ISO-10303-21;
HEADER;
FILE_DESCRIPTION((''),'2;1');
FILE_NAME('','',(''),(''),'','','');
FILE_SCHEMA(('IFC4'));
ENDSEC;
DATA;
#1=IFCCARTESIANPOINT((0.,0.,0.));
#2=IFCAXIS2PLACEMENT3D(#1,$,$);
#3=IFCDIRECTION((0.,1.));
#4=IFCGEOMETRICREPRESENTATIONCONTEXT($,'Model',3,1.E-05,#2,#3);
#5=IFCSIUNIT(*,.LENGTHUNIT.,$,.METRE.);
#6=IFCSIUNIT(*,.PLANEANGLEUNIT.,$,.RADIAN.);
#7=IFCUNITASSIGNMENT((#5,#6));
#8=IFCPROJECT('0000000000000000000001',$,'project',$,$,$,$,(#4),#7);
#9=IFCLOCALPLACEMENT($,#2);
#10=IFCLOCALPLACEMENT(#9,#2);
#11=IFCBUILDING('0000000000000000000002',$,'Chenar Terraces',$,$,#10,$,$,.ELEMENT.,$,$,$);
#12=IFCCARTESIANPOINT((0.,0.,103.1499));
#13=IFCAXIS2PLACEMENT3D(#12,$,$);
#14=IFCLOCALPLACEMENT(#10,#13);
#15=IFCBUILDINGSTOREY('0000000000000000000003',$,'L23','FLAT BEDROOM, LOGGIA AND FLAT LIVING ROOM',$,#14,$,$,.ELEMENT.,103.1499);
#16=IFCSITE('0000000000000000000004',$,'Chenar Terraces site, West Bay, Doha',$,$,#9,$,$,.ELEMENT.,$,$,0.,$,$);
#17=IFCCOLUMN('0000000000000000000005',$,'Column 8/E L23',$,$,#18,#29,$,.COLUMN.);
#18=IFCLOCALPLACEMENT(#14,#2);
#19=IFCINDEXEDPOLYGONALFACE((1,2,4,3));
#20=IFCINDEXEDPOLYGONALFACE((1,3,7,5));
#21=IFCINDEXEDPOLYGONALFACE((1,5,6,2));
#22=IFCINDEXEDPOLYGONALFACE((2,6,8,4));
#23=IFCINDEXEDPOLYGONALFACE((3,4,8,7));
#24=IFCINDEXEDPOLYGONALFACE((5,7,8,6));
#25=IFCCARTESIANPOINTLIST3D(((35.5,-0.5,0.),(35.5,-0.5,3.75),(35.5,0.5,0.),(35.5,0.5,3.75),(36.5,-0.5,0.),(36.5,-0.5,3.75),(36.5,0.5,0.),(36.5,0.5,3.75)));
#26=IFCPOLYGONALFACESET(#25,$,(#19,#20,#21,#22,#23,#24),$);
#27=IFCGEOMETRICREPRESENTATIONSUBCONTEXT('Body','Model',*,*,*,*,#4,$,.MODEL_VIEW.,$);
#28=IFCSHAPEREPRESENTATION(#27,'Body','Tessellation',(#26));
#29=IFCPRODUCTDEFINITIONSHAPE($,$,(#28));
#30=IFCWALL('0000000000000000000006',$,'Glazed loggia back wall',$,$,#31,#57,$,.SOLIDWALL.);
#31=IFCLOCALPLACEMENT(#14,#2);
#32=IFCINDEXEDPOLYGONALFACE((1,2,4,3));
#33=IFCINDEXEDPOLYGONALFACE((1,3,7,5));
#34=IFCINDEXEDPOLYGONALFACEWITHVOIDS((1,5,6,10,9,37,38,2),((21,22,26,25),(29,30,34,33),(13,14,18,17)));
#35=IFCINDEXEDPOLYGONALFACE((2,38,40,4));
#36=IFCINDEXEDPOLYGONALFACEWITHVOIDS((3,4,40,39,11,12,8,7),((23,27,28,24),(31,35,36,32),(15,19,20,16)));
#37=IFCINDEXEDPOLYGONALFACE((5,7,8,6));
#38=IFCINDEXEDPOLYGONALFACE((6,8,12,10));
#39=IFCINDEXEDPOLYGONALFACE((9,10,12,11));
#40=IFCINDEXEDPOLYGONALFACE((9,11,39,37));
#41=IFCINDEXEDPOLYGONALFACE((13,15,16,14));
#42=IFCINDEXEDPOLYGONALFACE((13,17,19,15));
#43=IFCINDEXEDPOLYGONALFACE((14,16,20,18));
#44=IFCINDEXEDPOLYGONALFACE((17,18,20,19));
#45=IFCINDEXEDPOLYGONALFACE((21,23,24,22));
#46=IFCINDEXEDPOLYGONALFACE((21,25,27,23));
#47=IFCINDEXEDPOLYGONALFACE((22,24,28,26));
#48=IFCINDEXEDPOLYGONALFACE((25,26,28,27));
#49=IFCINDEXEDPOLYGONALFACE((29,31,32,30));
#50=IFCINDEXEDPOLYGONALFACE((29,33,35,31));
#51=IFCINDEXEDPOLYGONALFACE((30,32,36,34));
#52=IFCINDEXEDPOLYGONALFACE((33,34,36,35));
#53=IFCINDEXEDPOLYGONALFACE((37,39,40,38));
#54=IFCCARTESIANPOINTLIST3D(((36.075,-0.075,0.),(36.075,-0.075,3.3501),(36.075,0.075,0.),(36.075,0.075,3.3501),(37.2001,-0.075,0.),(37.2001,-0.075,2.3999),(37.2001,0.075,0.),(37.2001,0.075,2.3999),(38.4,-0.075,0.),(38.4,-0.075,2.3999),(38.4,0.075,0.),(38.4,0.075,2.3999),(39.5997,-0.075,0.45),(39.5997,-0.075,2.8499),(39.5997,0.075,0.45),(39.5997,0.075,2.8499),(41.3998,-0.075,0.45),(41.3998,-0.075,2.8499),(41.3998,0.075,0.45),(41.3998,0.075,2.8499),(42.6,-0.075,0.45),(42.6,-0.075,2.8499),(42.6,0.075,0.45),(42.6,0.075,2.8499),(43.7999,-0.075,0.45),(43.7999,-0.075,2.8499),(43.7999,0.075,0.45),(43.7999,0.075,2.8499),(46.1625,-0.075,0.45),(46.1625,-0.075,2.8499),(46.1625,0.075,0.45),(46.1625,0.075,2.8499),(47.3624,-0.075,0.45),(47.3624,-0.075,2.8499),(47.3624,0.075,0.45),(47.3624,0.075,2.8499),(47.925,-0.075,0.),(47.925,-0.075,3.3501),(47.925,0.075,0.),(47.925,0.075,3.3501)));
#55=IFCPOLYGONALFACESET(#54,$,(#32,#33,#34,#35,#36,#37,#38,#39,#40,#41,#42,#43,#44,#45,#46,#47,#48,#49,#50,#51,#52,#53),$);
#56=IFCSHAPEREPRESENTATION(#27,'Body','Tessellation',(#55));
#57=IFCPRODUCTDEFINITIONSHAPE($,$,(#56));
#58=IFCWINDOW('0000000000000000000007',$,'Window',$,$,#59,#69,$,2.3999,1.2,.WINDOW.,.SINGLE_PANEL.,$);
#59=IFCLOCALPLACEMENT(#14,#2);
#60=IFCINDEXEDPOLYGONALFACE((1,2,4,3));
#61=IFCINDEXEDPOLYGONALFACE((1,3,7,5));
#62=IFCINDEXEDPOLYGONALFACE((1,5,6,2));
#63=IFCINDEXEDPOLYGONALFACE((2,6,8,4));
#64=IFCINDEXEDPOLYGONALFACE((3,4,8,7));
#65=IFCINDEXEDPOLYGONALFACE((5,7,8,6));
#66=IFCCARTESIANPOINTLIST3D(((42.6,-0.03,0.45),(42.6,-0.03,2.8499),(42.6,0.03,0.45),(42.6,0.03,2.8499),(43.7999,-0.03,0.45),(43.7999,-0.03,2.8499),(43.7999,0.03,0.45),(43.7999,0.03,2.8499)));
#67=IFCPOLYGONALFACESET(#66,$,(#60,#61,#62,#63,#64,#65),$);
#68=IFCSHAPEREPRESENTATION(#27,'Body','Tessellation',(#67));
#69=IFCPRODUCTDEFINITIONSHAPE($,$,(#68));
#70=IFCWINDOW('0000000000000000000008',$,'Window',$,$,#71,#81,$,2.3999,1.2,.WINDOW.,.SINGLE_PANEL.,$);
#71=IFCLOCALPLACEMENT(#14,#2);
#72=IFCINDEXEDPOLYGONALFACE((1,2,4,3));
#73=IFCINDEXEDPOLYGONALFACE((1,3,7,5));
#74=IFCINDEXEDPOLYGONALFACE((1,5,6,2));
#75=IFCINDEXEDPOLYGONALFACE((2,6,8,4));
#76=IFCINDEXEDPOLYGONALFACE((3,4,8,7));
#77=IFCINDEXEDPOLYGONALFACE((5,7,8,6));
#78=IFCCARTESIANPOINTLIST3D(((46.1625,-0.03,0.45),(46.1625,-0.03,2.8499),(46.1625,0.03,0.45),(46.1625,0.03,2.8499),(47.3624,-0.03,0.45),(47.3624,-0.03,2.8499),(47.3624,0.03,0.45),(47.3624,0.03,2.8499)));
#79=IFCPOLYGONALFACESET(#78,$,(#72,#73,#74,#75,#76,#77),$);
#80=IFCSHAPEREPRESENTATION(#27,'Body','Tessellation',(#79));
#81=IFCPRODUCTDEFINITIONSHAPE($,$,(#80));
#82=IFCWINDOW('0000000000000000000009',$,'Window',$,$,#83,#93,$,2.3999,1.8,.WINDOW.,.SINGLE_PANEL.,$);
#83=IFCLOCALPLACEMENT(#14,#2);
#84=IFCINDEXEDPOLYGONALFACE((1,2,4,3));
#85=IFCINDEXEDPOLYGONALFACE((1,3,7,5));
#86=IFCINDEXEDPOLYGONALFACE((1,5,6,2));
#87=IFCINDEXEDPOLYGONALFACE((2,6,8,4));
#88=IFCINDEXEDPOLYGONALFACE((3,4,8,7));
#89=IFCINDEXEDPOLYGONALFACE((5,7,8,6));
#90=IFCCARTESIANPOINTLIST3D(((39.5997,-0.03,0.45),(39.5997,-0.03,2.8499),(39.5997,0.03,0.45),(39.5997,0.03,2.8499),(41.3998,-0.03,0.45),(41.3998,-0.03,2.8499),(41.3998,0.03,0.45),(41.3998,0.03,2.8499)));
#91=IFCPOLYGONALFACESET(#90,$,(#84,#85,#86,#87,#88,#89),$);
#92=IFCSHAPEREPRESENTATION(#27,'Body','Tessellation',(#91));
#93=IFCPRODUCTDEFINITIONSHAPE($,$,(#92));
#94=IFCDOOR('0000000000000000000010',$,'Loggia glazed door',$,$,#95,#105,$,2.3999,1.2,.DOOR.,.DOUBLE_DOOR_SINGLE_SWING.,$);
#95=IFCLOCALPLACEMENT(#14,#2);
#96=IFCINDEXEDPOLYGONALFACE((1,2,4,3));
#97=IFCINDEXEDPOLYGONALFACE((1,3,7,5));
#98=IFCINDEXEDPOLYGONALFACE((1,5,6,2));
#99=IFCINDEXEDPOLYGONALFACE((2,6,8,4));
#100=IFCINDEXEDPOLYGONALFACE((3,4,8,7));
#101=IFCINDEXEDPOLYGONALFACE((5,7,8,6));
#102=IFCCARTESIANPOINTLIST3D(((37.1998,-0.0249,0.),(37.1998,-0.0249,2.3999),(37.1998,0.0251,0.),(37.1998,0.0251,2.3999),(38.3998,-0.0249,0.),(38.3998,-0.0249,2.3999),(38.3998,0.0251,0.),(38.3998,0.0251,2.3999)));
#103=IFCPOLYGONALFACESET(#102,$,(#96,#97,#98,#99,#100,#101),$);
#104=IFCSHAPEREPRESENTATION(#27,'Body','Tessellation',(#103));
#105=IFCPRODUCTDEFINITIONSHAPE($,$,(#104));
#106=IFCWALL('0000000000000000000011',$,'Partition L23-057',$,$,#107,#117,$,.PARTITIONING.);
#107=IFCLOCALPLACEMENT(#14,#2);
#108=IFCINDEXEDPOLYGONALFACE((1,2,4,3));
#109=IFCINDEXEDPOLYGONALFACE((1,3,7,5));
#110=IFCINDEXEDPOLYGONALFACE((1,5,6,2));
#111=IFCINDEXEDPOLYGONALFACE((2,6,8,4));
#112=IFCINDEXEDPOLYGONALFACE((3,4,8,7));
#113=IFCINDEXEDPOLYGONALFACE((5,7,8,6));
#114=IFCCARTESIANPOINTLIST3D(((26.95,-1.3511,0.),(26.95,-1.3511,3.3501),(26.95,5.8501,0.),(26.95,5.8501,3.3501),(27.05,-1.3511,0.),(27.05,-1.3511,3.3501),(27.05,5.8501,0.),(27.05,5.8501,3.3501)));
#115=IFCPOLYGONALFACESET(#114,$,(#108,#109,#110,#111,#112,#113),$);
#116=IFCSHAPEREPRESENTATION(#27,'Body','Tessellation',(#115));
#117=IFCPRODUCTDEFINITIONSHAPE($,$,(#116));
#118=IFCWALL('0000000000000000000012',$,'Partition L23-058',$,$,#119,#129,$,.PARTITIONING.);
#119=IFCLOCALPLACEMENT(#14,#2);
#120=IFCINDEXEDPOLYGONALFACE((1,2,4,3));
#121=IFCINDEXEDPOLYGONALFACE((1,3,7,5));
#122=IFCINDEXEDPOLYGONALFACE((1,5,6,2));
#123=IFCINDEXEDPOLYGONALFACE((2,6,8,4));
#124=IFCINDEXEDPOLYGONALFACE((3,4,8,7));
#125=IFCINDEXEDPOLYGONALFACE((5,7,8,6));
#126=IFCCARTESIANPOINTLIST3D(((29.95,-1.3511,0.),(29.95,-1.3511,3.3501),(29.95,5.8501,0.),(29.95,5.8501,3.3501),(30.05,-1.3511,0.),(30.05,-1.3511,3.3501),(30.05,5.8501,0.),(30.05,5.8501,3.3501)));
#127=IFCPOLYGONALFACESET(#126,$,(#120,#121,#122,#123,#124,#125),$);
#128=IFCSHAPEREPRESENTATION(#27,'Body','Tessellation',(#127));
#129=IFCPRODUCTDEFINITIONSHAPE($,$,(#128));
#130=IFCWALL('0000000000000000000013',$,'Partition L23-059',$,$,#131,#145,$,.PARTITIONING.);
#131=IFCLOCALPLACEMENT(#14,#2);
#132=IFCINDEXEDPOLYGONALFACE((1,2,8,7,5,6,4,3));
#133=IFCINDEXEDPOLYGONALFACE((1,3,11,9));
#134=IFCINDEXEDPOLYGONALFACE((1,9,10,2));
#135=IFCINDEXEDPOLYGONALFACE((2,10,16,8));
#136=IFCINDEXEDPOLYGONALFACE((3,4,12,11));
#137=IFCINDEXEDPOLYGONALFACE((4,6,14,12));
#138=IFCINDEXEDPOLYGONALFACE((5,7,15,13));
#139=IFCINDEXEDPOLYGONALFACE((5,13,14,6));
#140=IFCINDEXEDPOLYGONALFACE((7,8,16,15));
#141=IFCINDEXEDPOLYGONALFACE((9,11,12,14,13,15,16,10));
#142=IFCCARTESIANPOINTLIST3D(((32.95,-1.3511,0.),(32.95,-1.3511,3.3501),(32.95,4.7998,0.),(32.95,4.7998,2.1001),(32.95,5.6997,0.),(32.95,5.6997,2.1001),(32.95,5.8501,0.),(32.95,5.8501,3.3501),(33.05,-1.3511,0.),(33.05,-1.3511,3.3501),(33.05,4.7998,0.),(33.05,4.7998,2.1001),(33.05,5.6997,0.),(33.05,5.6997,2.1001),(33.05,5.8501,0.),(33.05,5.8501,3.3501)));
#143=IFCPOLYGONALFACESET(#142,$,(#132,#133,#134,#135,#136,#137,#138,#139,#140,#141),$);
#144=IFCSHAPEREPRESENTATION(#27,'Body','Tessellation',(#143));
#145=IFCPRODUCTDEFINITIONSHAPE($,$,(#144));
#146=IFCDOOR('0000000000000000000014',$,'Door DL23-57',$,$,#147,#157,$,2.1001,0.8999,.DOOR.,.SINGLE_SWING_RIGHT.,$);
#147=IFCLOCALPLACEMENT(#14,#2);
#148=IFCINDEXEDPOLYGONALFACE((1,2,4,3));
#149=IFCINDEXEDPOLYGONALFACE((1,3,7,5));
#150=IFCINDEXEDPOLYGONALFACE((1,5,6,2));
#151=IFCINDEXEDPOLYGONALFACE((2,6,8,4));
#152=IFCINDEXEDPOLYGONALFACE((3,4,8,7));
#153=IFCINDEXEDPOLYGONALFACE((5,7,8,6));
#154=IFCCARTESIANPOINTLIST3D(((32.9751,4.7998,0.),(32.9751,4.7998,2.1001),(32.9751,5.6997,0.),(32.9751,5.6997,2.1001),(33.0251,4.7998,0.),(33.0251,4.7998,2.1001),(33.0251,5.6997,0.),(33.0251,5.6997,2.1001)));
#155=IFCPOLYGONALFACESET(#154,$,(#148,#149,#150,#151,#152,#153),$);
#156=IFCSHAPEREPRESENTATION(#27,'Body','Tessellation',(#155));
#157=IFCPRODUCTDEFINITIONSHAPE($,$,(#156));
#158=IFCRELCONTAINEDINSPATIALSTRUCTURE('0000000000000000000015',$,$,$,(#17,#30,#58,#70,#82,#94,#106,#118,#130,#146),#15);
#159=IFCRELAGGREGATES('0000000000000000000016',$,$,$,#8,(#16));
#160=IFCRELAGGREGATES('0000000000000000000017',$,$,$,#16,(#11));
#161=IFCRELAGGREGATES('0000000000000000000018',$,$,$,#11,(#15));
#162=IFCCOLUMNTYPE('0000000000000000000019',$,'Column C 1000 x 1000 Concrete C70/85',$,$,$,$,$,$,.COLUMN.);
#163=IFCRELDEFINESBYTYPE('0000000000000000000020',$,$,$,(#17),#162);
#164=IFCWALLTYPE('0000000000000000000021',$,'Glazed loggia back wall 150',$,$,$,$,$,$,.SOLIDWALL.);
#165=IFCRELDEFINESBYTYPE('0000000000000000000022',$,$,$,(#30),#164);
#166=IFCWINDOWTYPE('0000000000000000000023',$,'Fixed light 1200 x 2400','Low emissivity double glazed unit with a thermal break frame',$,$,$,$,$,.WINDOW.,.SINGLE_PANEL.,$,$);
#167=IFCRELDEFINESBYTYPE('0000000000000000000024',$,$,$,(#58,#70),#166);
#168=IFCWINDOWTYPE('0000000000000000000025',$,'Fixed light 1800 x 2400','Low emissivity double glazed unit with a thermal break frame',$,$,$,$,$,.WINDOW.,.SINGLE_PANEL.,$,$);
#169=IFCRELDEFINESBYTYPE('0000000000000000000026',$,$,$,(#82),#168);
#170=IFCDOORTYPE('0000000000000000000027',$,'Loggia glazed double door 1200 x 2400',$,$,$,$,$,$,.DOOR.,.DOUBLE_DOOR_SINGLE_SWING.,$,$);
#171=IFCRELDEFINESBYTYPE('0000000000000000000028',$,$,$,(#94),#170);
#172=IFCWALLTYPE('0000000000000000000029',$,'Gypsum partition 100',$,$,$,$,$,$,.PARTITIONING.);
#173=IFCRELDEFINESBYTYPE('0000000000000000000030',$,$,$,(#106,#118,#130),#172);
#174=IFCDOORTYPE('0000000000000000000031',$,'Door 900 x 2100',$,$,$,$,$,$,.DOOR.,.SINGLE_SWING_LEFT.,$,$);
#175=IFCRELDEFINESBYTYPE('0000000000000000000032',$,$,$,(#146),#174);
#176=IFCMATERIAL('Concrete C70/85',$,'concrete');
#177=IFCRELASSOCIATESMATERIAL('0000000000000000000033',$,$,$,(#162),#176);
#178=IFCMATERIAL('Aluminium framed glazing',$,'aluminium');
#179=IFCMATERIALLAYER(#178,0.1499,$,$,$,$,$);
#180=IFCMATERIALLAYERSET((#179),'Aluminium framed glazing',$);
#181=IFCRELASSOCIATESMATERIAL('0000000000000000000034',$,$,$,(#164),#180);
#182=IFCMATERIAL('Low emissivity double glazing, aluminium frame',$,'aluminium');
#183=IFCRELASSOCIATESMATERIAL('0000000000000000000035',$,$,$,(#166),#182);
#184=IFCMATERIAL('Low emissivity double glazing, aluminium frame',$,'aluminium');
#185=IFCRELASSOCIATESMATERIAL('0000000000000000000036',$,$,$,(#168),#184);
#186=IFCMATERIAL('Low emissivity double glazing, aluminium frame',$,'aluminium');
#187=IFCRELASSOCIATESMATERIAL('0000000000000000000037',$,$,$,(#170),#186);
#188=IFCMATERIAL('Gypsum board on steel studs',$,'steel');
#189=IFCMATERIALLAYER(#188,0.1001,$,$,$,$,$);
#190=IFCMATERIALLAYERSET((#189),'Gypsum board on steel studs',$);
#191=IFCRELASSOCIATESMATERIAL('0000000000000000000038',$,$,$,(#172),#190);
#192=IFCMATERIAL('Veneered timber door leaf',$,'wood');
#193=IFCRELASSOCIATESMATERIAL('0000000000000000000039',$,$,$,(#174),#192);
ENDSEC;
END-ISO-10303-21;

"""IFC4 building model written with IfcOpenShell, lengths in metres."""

from ifc_helpers import new_model, si_unit, direction, frame, frame_2d, origin, origin_2d, place, context, subcontext, project, spatial, rectangle, extrude, material, layer, layer_set, material_profile, profile_set, type_object, element, fill, save


model = new_model("IFC4")

# Units and contexts
model_context = context("Model", 3, precision=1e-05, world=origin(), true_north=direction((0.0, 1.0)))
body_context = subcontext(model_context, "Body", "Model", "MODEL_VIEW")
ifc_project = project(units=[si_unit("LENGTHUNIT", "METRE"), si_unit("PLANEANGLEUNIT", "RADIAN")], contexts=[model_context])

# Site, building, storey
site_placement = place(None, origin())
site = spatial("IfcSite", under=ifc_project, at=site_placement, Name="Chenar Terraces site, West Bay, Doha", CompositionType="ELEMENT", RefElevation=0.0)
building_placement = place(site_placement, origin())
building = spatial("IfcBuilding", under=site, at=building_placement, Name="Chenar Terraces", CompositionType="ELEMENT")
storey_placement = place(building_placement, frame((0.0, 0.0, 103.1499)))
storey = spatial("IfcBuildingStorey", under=building, at=storey_placement, Name="L23", Description="FLAT BEDROOM, LOGGIA AND FLAT LIVING ROOM", CompositionType="ELEMENT", Elevation=103.1499)

# Column
ifc_material_1 = material(Name="Concrete C70/85", Category="concrete")
ifc_material_profile = material_profile(ifc_material_1, rectangle(XDim=1.0, YDim=1.0, at=origin_2d()), Name="C 1000 x 1000")
ifc_profile_set = profile_set([ifc_material_profile], Name="Concrete C70/85")
column_type = type_object("IfcColumnType", Name="Column C 1000 x 1000 Concrete C70/85", PredefinedType="COLUMN", material=ifc_profile_set)
column_placement = place(storey_placement, frame((36.0, 0.0, 0.0), z_axis=(0.0, 0.0, 1.0), x_axis=(1.0, 0.0, 0.0)))
element("IfcColumn", 1, at=column_placement, inside=storey, type_object=column_type, Name="Column 8/E L23", PredefinedType="COLUMN", context=body_context, shape_type="SweptSolid", body=[
    extrude(rectangle(XDim=1.0, YDim=1.0, at=origin_2d()), origin(), (0.0, 0.0, 1.0), 3.75),
])

# Wall, openings, windows, door
ifc_material_2 = material(Name="Aluminium framed glazing", Category="aluminium")
ifc_layer_1 = layer(ifc_material_2, 0.1499)
ifc_layer_set_1 = layer_set([ifc_layer_1], Name="Aluminium framed glazing")
wall_type_1 = type_object("IfcWallType", Name="Glazed loggia back wall 150", PredefinedType="SOLIDWALL", material=ifc_layer_set_1)
wall_1_placement = place(storey_placement, frame((36.075, 0.0, 0.0), z_axis=(0.0, 0.0, 1.0), x_axis=(1.0, 0.0, 0.0)))
wall_1 = element("IfcWall", 2, at=wall_1_placement, inside=storey, type_object=wall_type_1, Name="Glazed loggia back wall", PredefinedType="SOLIDWALL", context=body_context, shape_type="SweptSolid", body=[
    extrude(rectangle(XDim=11.8501, YDim=0.1499, at=frame_2d((5.925, 0.0))), origin(), (0.0, 0.0, 1.0), 3.3501),
])
opening_1_placement = place(wall_1_placement, frame((1.125, 0.0, 0.0)))
opening_1 = element("IfcOpeningElement", 3, at=opening_1_placement, cuts=wall_1, PredefinedType="OPENING", context=body_context, shape_type="SweptSolid", body=[
    extrude(rectangle(XDim=1.2, YDim=2.3999, at=frame_2d((0.6001, 1.2))), frame((0.0, 0.085, 0.0), z_axis=(0.0, -1.0, 0.0), x_axis=(1.0, 0.0, 0.0)), (0.0, 0.0, 1.0), 0.1699),
])
opening_2_placement = place(wall_1_placement, frame((3.5249, 0.0, 0.45)))
opening_2 = element("IfcOpeningElement", 4, at=opening_2_placement, cuts=wall_1, PredefinedType="OPENING", context=body_context, shape_type="SweptSolid", body=[
    extrude(rectangle(XDim=1.8, YDim=2.3999, at=frame_2d((0.8999, 1.2))), frame((0.0, 0.085, 0.0), z_axis=(0.0, -1.0, 0.0), x_axis=(1.0, 0.0, 0.0)), (0.0, 0.0, 1.0), 0.1699),
])
opening_3_placement = place(wall_1_placement, frame((6.5249, 0.0, 0.45)))
opening_3 = element("IfcOpeningElement", 5, at=opening_3_placement, cuts=wall_1, PredefinedType="OPENING", context=body_context, shape_type="SweptSolid", body=[
    extrude(rectangle(XDim=1.2, YDim=2.3999, at=frame_2d((0.6001, 1.2))), frame((0.0, 0.085, 0.0), z_axis=(0.0, -1.0, 0.0), x_axis=(1.0, 0.0, 0.0)), (0.0, 0.0, 1.0), 0.1699),
])
opening_4_placement = place(wall_1_placement, frame((10.0874, 0.0, 0.45)))
opening_4 = element("IfcOpeningElement", 6, at=opening_4_placement, cuts=wall_1, PredefinedType="OPENING", context=body_context, shape_type="SweptSolid", body=[
    extrude(rectangle(XDim=1.2, YDim=2.3999, at=frame_2d((0.6001, 1.2))), frame((0.0, 0.085, 0.0), z_axis=(0.0, -1.0, 0.0), x_axis=(1.0, 0.0, 0.0)), (0.0, 0.0, 1.0), 0.1699),
])
ifc_material_3 = material(Name="Low emissivity double glazing, aluminium frame", Category="aluminium")
window_type_1 = type_object("IfcWindowType", Name="Fixed light 1200 x 2400", Description="Low emissivity double glazed unit with a thermal break frame", PartitioningType="SINGLE_PANEL", PredefinedType="WINDOW", material=ifc_material_3)
window_1_placement = place(opening_3_placement, origin())
window_1 = element("IfcWindow", 7, at=window_1_placement, inside=storey, type_object=window_type_1, Name="Window", OverallHeight=2.3999, OverallWidth=1.2, PartitioningType="SINGLE_PANEL", PredefinedType="WINDOW", context=body_context, shape_type="SweptSolid", body=[
    extrude(rectangle(XDim=1.2, YDim=2.3999, at=frame_2d((0.6001, 1.2))), frame((0.0, 0.03, 0.0), z_axis=(0.0, -1.0, 0.0), x_axis=(1.0, 0.0, 0.0)), (0.0, 0.0, 1.0), 0.0601),
])
fill(opening_3, window_1)
window_2_placement = place(opening_4_placement, origin())
window_2 = element("IfcWindow", 8, at=window_2_placement, inside=storey, type_object=window_type_1, Name="Window", OverallHeight=2.3999, OverallWidth=1.2, PartitioningType="SINGLE_PANEL", PredefinedType="WINDOW", context=body_context, shape_type="SweptSolid", body=[
    extrude(rectangle(XDim=1.2, YDim=2.3999, at=frame_2d((0.6001, 1.2))), frame((0.0, 0.03, 0.0), z_axis=(0.0, -1.0, 0.0), x_axis=(1.0, 0.0, 0.0)), (0.0, 0.0, 1.0), 0.0601),
])
fill(opening_4, window_2)
ifc_material_4 = material(Name="Low emissivity double glazing, aluminium frame", Category="aluminium")
window_type_2 = type_object("IfcWindowType", Name="Fixed light 1800 x 2400", Description="Low emissivity double glazed unit with a thermal break frame", PartitioningType="SINGLE_PANEL", PredefinedType="WINDOW", material=ifc_material_4)
window_3_placement = place(opening_2_placement, origin())
window_3 = element("IfcWindow", 9, at=window_3_placement, inside=storey, type_object=window_type_2, Name="Window", OverallHeight=2.3999, OverallWidth=1.8, PartitioningType="SINGLE_PANEL", PredefinedType="WINDOW", context=body_context, shape_type="SweptSolid", body=[
    extrude(rectangle(XDim=1.8, YDim=2.3999, at=frame_2d((0.8999, 1.2))), frame((0.0, 0.03, 0.0), z_axis=(0.0, -1.0, 0.0), x_axis=(1.0, 0.0, 0.0)), (0.0, 0.0, 1.0), 0.0601),
])
fill(opening_2, window_3)
ifc_material_5 = material(Name="Low emissivity double glazing, aluminium frame", Category="aluminium")
door_type_1 = type_object("IfcDoorType", Name="Loggia glazed double door 1200 x 2400", OperationType="DOUBLE_DOOR_SINGLE_SWING", PredefinedType="DOOR", material=ifc_material_5)
door_1_placement = place(opening_1_placement, frame((1.2, 0.0, 0.0), z_axis=(0.0, 0.0, 1.0), x_axis=(-1.0, 0.0, 0.0)))
door_1 = element("IfcDoor", 10, at=door_1_placement, inside=storey, type_object=door_type_1, Name="Loggia glazed door", OperationType="DOUBLE_DOOR_SINGLE_SWING", OverallHeight=2.3999, OverallWidth=1.2, PredefinedType="DOOR", context=body_context, shape_type="SweptSolid", body=[
    extrude(rectangle(XDim=1.2, YDim=2.3999, at=frame_2d((0.6001, 1.2))), frame((0.0, 0.0249, 0.0), z_axis=(0.0, -1.0, 0.0), x_axis=(1.0, 0.0, 0.0)), (0.0, 0.0, 1.0), 0.05),
])
fill(opening_1, door_1)

# Walls
ifc_material_6 = material(Name="Gypsum board on steel studs", Category="steel")
ifc_layer_2 = layer(ifc_material_6, 0.1001)
ifc_layer_set_2 = layer_set([ifc_layer_2], Name="Gypsum board on steel studs")
wall_type_2 = type_object("IfcWallType", Name="Gypsum partition 100", PredefinedType="PARTITIONING", material=ifc_layer_set_2)
for number, where, z_axis, x_axis, name in (
    (11, (27.0, -1.3511, 0.0), (0.0, 0.0, 1.0), (0.0, 1.0, 0.0), "Partition L23-057"),
    (12, (30.0, -1.3511, 0.0), (0.0, 0.0, 1.0), (0.0, 1.0, 0.0), "Partition L23-058"),
):
    element("IfcWall", number, at=place(storey_placement, frame(where, z_axis=z_axis, x_axis=x_axis)), inside=storey, type_object=wall_type_2, Name=name, PredefinedType="PARTITIONING", context=body_context, shape_type="SweptSolid", body=[
        extrude(rectangle(XDim=7.2012, YDim=0.1001, at=frame_2d((3.6006, 0.0))), origin(), (0.0, 0.0, 1.0), 3.3501),
    ])

# Wall, opening, door
wall_2_placement = place(storey_placement, frame((33.0, -1.3511, 0.0), z_axis=(0.0, 0.0, 1.0), x_axis=(0.0, 1.0, 0.0)))
wall_2 = element("IfcWall", 13, at=wall_2_placement, inside=storey, type_object=wall_type_2, Name="Partition L23-059", PredefinedType="PARTITIONING", context=body_context, shape_type="SweptSolid", body=[
    extrude(rectangle(XDim=7.2012, YDim=0.1001, at=frame_2d((3.6006, 0.0))), origin(), (0.0, 0.0, 1.0), 3.3501),
])
opening_5_placement = place(wall_2_placement, frame((6.1509, 0.0, 0.0)))
opening_5 = element("IfcOpeningElement", 14, at=opening_5_placement, cuts=wall_2, PredefinedType="OPENING", context=body_context, shape_type="SweptSolid", body=[
    extrude(rectangle(XDim=0.8999, YDim=2.1001, at=frame_2d((0.45, 1.05))), frame((0.0, 0.0601, 0.0), z_axis=(0.0, -1.0, 0.0), x_axis=(1.0, 0.0, 0.0)), (0.0, 0.0, 1.0), 0.1201),
])
ifc_material_7 = material(Name="Veneered timber door leaf", Category="wood")
door_type_2 = type_object("IfcDoorType", Name="Door 900 x 2100", OperationType="SINGLE_SWING_LEFT", PredefinedType="DOOR", material=ifc_material_7)
door_2_placement = place(opening_5_placement, origin())
door_2 = element("IfcDoor", 15, at=door_2_placement, inside=storey, type_object=door_type_2, Name="Door DL23-57", OperationType="SINGLE_SWING_RIGHT", OverallHeight=2.1001, OverallWidth=0.8999, PredefinedType="DOOR", context=body_context, shape_type="SweptSolid", body=[
    extrude(rectangle(XDim=0.8999, YDim=2.1001, at=frame_2d((0.45, 1.05))), frame((0.0, 0.0249, 0.0), z_axis=(0.0, -1.0, 0.0), x_axis=(1.0, 0.0, 0.0)), (0.0, 0.0, 1.0), 0.05),
])
fill(opening_5, door_2)

save(model, "model.ifc")
